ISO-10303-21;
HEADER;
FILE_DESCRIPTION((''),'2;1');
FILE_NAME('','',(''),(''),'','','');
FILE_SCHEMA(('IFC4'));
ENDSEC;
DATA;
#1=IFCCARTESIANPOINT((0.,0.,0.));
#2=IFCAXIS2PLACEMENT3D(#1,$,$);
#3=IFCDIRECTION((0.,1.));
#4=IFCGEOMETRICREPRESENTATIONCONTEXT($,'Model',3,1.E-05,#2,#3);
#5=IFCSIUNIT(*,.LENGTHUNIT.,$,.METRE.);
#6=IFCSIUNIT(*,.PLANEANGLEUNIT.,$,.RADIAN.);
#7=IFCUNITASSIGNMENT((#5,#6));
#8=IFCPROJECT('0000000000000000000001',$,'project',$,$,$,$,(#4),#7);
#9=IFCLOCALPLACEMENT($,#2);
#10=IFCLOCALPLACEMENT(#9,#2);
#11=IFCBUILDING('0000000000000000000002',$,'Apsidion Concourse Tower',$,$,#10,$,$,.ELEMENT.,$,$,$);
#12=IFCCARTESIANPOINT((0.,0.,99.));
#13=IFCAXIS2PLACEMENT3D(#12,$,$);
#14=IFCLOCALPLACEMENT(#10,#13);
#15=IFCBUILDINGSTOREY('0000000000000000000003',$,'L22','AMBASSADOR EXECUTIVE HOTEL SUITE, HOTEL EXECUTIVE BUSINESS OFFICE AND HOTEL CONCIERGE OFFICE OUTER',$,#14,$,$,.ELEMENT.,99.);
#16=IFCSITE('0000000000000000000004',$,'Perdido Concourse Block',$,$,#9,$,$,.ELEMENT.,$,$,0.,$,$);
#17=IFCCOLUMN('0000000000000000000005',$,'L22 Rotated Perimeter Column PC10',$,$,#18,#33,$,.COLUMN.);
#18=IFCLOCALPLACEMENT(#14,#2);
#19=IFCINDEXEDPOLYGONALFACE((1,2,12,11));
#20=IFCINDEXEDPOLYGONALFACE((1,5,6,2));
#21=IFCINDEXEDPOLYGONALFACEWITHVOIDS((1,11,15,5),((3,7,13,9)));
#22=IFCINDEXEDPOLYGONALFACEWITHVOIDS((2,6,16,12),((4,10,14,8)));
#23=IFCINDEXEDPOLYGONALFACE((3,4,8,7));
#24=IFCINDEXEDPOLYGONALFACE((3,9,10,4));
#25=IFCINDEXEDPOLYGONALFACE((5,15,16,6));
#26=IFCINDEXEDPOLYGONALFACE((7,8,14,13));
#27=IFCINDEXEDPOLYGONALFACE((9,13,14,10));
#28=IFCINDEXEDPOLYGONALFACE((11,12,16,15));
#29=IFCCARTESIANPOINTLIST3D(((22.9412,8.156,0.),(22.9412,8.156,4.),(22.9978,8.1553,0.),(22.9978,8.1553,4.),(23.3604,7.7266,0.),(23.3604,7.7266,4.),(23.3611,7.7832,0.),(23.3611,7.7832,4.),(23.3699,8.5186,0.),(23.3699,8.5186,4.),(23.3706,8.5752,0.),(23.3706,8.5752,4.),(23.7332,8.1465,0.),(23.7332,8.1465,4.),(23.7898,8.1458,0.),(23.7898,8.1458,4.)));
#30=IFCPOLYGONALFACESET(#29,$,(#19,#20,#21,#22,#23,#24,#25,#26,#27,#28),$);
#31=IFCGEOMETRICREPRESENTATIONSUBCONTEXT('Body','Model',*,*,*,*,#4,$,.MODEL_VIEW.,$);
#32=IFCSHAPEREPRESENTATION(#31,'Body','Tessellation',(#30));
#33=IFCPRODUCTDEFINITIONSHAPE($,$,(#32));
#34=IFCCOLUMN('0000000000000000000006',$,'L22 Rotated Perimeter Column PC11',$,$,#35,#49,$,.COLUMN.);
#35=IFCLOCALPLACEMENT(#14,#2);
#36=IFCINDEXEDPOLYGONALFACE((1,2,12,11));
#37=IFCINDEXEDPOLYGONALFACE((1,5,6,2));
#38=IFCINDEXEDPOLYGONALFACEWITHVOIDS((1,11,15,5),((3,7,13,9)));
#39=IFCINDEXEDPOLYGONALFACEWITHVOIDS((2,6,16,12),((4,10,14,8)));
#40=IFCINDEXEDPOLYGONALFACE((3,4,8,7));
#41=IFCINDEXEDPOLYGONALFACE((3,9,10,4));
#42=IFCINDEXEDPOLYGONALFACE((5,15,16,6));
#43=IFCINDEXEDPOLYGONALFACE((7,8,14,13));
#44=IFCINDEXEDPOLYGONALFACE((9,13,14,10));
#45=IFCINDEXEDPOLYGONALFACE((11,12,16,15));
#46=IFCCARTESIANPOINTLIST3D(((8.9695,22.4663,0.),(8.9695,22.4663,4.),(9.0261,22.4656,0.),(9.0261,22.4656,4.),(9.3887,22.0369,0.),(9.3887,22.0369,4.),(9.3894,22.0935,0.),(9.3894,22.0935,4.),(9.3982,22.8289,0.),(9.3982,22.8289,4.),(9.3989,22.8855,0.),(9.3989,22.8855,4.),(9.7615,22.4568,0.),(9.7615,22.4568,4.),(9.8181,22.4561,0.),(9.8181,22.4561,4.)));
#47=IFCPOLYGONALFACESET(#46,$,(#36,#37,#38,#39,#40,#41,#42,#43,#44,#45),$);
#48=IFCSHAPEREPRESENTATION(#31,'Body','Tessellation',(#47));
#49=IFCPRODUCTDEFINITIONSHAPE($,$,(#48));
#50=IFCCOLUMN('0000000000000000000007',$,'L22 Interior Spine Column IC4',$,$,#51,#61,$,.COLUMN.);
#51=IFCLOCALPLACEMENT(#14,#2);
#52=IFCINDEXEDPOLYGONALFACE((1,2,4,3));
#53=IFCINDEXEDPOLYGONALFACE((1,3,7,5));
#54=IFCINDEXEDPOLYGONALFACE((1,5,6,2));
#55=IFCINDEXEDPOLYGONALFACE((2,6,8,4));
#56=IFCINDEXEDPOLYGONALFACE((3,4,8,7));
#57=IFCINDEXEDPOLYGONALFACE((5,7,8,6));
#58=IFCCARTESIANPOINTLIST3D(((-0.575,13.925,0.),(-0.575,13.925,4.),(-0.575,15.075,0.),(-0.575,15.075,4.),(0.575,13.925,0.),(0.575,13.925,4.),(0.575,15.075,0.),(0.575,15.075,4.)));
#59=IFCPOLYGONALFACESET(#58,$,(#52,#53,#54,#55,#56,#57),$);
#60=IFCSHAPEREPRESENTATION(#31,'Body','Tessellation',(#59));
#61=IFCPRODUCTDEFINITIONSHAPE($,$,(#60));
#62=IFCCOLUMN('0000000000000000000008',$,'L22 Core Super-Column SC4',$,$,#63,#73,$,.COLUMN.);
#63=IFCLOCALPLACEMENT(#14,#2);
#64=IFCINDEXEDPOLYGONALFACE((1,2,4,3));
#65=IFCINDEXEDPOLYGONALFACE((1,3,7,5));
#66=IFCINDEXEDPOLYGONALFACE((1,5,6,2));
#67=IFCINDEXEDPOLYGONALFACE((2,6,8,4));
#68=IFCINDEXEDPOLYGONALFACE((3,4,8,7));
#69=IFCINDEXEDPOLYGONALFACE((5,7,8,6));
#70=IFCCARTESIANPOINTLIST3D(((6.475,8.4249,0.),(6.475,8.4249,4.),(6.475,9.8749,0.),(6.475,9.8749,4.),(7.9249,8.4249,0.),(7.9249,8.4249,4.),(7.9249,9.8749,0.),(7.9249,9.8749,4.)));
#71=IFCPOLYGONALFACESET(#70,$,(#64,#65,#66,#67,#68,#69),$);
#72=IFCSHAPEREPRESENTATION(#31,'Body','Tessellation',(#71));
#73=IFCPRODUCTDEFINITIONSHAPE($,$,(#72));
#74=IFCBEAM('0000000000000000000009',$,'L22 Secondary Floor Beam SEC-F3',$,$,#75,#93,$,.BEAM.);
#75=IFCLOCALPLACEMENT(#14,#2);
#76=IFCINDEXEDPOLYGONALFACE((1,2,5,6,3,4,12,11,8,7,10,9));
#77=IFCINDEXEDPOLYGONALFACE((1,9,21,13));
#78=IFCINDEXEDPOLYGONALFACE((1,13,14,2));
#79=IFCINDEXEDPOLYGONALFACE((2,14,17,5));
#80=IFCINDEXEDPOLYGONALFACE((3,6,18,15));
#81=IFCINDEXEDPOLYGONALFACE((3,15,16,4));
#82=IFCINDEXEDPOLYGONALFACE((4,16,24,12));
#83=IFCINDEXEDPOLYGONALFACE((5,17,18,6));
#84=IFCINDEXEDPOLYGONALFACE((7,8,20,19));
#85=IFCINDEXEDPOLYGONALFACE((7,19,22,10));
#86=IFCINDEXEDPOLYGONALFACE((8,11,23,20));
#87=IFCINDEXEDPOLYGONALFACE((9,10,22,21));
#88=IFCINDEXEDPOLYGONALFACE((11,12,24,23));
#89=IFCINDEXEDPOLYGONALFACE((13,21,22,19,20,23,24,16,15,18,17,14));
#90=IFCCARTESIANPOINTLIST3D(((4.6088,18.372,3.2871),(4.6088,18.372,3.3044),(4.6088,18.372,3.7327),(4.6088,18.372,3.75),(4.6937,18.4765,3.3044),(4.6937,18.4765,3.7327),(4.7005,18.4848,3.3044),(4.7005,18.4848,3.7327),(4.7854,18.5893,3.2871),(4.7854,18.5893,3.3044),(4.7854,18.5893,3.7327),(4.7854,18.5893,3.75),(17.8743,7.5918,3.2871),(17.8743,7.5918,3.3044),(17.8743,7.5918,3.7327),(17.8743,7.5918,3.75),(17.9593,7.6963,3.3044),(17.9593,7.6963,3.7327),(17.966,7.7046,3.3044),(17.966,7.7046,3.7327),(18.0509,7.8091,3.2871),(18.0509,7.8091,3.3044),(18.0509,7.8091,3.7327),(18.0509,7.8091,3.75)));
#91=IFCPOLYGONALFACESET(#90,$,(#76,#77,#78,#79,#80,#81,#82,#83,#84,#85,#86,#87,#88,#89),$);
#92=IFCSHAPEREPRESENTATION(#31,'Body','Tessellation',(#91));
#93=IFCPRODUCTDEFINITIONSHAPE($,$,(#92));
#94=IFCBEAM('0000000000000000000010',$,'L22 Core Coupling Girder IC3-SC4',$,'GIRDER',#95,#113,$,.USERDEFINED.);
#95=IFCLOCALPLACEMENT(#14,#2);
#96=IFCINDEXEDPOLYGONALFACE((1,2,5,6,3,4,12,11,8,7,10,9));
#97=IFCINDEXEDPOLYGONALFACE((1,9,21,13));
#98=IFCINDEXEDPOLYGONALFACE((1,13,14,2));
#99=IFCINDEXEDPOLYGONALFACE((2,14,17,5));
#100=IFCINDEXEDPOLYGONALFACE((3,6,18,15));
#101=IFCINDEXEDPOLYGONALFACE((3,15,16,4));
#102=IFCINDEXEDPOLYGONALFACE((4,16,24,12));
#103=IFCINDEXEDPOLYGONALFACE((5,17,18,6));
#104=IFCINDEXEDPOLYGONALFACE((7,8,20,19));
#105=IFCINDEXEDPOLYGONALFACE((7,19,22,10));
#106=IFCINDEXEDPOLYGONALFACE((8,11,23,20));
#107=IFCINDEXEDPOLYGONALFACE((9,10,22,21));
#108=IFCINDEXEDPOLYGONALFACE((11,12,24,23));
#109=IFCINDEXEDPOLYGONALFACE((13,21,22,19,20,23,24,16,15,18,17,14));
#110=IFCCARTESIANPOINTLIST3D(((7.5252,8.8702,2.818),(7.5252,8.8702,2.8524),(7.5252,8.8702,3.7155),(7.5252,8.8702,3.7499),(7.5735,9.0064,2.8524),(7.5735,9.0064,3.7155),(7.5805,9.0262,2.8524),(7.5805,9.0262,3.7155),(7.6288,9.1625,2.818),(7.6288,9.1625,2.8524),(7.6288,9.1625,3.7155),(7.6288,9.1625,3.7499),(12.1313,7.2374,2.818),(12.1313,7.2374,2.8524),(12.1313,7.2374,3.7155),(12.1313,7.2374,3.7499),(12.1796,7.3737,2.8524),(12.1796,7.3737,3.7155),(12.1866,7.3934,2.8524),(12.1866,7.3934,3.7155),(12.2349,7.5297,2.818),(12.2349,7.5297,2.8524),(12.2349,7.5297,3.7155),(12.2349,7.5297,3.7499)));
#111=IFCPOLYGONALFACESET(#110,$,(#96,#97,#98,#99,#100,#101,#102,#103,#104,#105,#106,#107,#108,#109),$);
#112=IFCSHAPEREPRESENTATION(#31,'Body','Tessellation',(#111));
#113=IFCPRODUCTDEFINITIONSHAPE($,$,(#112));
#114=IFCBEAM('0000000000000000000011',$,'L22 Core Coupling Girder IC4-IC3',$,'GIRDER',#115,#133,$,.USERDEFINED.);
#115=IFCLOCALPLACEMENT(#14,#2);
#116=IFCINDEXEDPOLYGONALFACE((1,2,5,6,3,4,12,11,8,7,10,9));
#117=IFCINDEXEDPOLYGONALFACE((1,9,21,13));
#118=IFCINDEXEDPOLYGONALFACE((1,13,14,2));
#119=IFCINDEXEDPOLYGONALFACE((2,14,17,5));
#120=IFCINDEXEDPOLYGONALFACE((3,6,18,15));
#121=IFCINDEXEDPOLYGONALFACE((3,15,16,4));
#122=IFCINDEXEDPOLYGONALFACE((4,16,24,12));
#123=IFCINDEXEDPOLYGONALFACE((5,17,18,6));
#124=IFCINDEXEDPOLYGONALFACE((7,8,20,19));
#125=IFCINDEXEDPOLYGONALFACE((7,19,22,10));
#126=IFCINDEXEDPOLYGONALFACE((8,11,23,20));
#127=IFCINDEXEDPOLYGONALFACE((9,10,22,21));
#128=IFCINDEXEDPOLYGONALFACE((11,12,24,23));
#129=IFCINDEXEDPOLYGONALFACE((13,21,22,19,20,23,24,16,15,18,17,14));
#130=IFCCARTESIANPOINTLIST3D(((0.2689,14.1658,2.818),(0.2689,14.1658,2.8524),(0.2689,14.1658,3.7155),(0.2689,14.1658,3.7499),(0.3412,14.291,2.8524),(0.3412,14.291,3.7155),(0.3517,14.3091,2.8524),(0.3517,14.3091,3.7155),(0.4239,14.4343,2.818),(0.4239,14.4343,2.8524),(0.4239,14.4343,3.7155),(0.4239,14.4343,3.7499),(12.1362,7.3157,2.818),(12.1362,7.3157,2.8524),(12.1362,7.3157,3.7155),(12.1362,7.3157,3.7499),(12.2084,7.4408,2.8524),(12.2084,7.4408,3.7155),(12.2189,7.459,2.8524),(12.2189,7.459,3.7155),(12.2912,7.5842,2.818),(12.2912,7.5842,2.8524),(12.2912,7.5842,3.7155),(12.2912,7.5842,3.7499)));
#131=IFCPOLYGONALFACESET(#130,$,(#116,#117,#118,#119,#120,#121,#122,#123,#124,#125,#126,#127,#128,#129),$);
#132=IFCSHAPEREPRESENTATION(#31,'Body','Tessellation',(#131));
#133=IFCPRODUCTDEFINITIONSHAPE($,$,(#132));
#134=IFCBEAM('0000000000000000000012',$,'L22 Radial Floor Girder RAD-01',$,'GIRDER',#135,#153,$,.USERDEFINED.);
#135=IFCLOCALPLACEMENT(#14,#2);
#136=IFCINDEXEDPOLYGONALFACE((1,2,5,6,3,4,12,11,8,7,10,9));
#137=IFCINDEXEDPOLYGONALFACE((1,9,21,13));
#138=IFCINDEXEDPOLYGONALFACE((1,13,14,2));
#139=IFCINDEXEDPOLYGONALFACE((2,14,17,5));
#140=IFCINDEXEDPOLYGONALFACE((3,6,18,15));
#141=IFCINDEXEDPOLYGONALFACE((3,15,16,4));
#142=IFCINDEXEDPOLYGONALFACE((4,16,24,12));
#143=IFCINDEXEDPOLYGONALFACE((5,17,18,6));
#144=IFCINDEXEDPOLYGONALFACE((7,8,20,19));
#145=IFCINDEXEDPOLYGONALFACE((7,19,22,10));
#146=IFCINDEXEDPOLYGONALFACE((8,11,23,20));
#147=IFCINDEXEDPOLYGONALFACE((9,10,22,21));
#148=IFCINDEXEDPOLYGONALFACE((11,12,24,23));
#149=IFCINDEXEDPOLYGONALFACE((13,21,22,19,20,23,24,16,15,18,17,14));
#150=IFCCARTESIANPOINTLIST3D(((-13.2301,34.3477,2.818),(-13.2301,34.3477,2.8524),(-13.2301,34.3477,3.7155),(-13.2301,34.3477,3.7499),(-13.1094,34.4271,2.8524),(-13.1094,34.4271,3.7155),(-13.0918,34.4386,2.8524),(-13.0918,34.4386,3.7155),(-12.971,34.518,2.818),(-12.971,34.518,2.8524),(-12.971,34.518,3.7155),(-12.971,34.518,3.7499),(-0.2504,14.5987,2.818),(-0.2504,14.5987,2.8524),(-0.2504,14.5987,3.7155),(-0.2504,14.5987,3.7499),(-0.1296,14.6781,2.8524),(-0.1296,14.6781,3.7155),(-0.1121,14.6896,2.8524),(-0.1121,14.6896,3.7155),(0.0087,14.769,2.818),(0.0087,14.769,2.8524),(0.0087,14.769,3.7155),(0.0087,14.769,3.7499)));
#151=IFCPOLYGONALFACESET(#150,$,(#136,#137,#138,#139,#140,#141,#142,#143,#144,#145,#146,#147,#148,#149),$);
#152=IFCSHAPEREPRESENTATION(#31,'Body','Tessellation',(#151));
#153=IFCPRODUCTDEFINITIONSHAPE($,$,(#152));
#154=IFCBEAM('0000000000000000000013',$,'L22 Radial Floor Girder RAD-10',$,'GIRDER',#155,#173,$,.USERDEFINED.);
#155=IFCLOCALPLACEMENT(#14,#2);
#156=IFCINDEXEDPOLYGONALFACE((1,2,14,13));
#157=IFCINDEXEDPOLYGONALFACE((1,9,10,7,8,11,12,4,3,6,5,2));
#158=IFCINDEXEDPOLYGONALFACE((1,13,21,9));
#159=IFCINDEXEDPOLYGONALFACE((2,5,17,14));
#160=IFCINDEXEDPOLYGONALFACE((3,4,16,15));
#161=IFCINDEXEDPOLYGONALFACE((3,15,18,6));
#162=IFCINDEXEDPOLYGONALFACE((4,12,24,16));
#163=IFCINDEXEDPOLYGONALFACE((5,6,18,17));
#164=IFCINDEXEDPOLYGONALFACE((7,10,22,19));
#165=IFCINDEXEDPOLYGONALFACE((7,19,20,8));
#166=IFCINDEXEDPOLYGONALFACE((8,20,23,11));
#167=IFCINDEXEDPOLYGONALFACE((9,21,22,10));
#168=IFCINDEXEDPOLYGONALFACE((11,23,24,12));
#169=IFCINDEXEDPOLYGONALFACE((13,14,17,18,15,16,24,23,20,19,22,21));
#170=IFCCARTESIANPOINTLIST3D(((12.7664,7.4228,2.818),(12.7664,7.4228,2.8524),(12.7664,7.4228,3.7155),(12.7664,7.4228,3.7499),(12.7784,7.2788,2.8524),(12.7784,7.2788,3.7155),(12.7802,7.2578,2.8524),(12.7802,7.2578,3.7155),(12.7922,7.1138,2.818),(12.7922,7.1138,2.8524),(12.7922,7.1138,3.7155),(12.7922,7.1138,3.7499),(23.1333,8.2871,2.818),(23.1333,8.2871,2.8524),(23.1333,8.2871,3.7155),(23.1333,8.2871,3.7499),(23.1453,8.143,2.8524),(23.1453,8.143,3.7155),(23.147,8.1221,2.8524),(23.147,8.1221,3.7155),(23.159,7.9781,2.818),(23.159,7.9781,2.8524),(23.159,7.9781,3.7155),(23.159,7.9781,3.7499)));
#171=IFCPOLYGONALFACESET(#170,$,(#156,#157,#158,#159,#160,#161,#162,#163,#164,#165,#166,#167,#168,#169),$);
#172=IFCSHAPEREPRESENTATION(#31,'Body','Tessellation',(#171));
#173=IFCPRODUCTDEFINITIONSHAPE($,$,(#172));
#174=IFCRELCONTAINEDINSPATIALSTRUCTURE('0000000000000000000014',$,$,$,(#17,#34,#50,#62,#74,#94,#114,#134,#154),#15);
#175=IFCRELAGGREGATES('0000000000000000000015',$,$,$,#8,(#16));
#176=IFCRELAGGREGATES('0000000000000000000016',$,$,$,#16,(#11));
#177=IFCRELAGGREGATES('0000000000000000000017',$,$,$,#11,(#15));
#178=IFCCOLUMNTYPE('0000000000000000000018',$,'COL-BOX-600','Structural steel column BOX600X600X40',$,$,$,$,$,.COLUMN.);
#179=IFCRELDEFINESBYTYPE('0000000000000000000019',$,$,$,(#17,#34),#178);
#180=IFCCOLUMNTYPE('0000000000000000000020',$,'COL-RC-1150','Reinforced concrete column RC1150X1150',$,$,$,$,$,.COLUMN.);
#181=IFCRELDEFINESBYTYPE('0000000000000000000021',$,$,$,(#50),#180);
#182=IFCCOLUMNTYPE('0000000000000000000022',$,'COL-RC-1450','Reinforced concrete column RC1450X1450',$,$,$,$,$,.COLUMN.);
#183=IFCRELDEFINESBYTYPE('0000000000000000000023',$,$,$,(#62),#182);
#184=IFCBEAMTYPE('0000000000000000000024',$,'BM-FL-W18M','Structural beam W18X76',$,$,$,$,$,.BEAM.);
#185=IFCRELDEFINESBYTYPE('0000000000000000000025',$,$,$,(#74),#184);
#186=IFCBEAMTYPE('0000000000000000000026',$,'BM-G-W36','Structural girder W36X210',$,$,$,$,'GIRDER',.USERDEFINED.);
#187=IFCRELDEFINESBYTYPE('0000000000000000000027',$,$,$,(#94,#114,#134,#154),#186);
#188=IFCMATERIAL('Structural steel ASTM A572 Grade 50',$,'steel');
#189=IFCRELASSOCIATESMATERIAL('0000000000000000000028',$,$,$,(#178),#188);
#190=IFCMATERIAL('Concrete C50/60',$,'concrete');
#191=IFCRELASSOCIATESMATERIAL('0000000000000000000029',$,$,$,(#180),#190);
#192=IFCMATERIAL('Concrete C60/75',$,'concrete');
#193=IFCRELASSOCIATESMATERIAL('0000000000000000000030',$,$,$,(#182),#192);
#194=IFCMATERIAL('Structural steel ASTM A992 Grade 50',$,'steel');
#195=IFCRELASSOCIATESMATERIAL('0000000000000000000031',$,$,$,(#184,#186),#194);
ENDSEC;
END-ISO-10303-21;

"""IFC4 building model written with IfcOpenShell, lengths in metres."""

from ifc_helpers import new_model, si_unit, direction, frame, origin, origin_2d, place, context, subcontext, project, spatial, rectangle, hollow_rectangle, i_section, extrude, material, material_profile, profile_set, type_object, element, save


model = new_model("IFC4")

# Units and contexts
model_context = context("Model", 3, precision=1e-05, world=origin(), true_north=direction((0.0, 1.0)))
body_context = subcontext(model_context, "Body", "Model", "MODEL_VIEW")
ifc_project = project(units=[si_unit("LENGTHUNIT", "METRE"), si_unit("PLANEANGLEUNIT", "RADIAN")], contexts=[model_context])

# Site, building, storey
site_placement = place(None, origin())
site = spatial("IfcSite", under=ifc_project, at=site_placement, Name="Perdido Concourse Block", CompositionType="ELEMENT", RefElevation=0.0)
building_placement = place(site_placement, origin())
building = spatial("IfcBuilding", under=site, at=building_placement, Name="Apsidion Concourse Tower", CompositionType="ELEMENT")
storey_placement = place(building_placement, frame((0.0, 0.0, 99.0)))
storey = spatial("IfcBuildingStorey", under=building, at=storey_placement, Name="L22", Description="AMBASSADOR EXECUTIVE HOTEL SUITE, HOTEL EXECUTIVE BUSINESS OFFICE AND HOTEL CONCIERGE OFFICE OUTER", CompositionType="ELEMENT", Elevation=99.0)

# Columns
ifc_material_1 = material(Name="Structural steel ASTM A572 Grade 50", Category="steel")
ifc_material_profile_1 = material_profile(ifc_material_1, hollow_rectangle(XDim=0.6001, YDim=0.6001, WallThickness=0.04, at=origin_2d()), Name="BOX600X600X40")
ifc_profile_set_1 = profile_set([ifc_material_profile_1], Name="Structural steel ASTM A572 Grade 50")
column_type_1 = type_object("IfcColumnType", Name="COL-BOX-600", Description="Structural steel column BOX600X600X40", PredefinedType="COLUMN", material=ifc_profile_set_1)
for number, where, z_axis, x_axis, name in (
    (1, (23.3655, 8.1509, 0.0), (0.0, 0.0, 1.0), (-0.69854, 0.715571, 0.0), "L22 Rotated Perimeter Column PC10"),
    (2, (9.3938, 22.4612, 0.0), (0.0, 0.0, 1.0), (-0.69854, 0.715571, 0.0), "L22 Rotated Perimeter Column PC11"),
):
    element("IfcColumn", number, at=place(storey_placement, frame(where, z_axis=z_axis, x_axis=x_axis)), inside=storey, type_object=column_type_1, Name=name, PredefinedType="COLUMN", context=body_context, shape_type="SweptSolid", body=[
        extrude(hollow_rectangle(XDim=0.6001, YDim=0.6001, WallThickness=0.04, at=origin_2d()), origin(), (0.0, 0.0, 1.0), 4.0),
    ])
ifc_material_2 = material(Name="Concrete C50/60", Category="concrete")
ifc_material_profile_2 = material_profile(ifc_material_2, rectangle(XDim=1.1499, YDim=1.1499, at=origin_2d()), Name="RC 1150x1150")
ifc_profile_set_2 = profile_set([ifc_material_profile_2], Name="Concrete C50/60")
column_type_2 = type_object("IfcColumnType", Name="COL-RC-1150", Description="Reinforced concrete column RC1150X1150", PredefinedType="COLUMN", material=ifc_profile_set_2)
column_1_placement = place(storey_placement, frame((0.0, 14.5, 0.0), z_axis=(0.0, 0.0, 1.0), x_axis=(1.0, 0.0, 0.0)))
element("IfcColumn", 3, at=column_1_placement, inside=storey, type_object=column_type_2, Name="L22 Interior Spine Column IC4", PredefinedType="COLUMN", context=body_context, shape_type="SweptSolid", body=[
    extrude(rectangle(XDim=1.1499, YDim=1.1499, at=origin_2d()), origin(), (0.0, 0.0, 1.0), 4.0),
])
ifc_material_3 = material(Name="Concrete C60/75", Category="concrete")
ifc_material_profile_3 = material_profile(ifc_material_3, rectangle(XDim=1.45, YDim=1.45, at=origin_2d()), Name="RC 1450x1450")
ifc_profile_set_3 = profile_set([ifc_material_profile_3], Name="Concrete C60/75")
column_type_3 = type_object("IfcColumnType", Name="COL-RC-1450", Description="Reinforced concrete column RC1450X1450", PredefinedType="COLUMN", material=ifc_profile_set_3)
column_2_placement = place(storey_placement, frame((7.2, 9.1499, 0.0), z_axis=(0.0, 0.0, 1.0), x_axis=(1.0, 0.0, 0.0)))
element("IfcColumn", 4, at=column_2_placement, inside=storey, type_object=column_type_3, Name="L22 Core Super-Column SC4", PredefinedType="COLUMN", context=body_context, shape_type="SweptSolid", body=[
    extrude(rectangle(XDim=1.45, YDim=1.45, at=origin_2d()), origin(), (0.0, 0.0, 1.0), 4.0),
])

# Beams
ifc_material_4 = material(Name="Structural steel ASTM A992 Grade 50", Category="steel")
ifc_material_profile_4 = material_profile(ifc_material_4, i_section(OverallWidth=0.28, OverallDepth=0.4629, WebThickness=0.0107, FlangeThickness=0.0173, at=origin_2d()), Name="W18X76")
ifc_profile_set_4 = profile_set([ifc_material_profile_4], Name="Structural steel ASTM A992 Grade 50")
beam_type_1 = type_object("IfcBeamType", Name="BM-FL-W18M", Description="Structural beam W18X76", PredefinedType="BEAM", material=ifc_profile_set_4)
beam_1_placement = place(storey_placement, frame((17.9626, 7.7004, 3.5186), z_axis=(-0.776058, 0.630661, 0.0), x_axis=(-0.630661, -0.776058, 0.0)))
element("IfcBeam", 5, at=beam_1_placement, inside=storey, type_object=beam_type_1, Name="L22 Secondary Floor Beam SEC-F3", PredefinedType="BEAM", context=body_context, shape_type="SweptSolid", body=[
    extrude(i_section(OverallWidth=0.28, OverallDepth=0.4629, WebThickness=0.0107, FlangeThickness=0.0173, at=origin_2d()), origin(), (0.0, 0.0, 1.0), 17.0935),
])
ifc_material_profile_5 = material_profile(ifc_material_4, i_section(OverallWidth=0.3101, OverallDepth=0.9319, WebThickness=0.021, FlangeThickness=0.0344, at=origin_2d()), Name="W36X210")
ifc_profile_set_5 = profile_set([ifc_material_profile_5], Name="Structural steel ASTM A992 Grade 50")
beam_type_2 = type_object("IfcBeamType", Name="BM-G-W36", Description="Structural girder W36X210", ElementType="GIRDER", PredefinedType="USERDEFINED", material=ifc_profile_set_5)
beam_2_placement = place(storey_placement, frame((12.1831, 7.3835, 3.2839), z_axis=(-0.942534, 0.334111, 0.0), x_axis=(-0.334111, -0.942534, 0.0)))
element("IfcBeam", 6, at=beam_2_placement, inside=storey, type_object=beam_type_2, Name="L22 Core Coupling Girder IC3-SC4", ObjectType="GIRDER", PredefinedType="USERDEFINED", context=body_context, shape_type="SweptSolid", body=[
    extrude(i_section(OverallWidth=0.3101, OverallDepth=0.9319, WebThickness=0.021, FlangeThickness=0.0344, at=origin_2d()), origin(), (0.0, 0.0, 1.0), 4.887),
])
beam_3_placement = place(storey_placement, frame((0.3464, 14.3, 3.2839), z_axis=(0.86607, -0.499922, 0.0), x_axis=(0.499922, 0.86607, 0.0)))
element("IfcBeam", 7, at=beam_3_placement, inside=storey, type_object=beam_type_2, Name="L22 Core Coupling Girder IC4-IC3", ObjectType="GIRDER", PredefinedType="USERDEFINED", context=body_context, shape_type="SweptSolid", body=[
    extrude(i_section(OverallWidth=0.3101, OverallDepth=0.9319, WebThickness=0.021, FlangeThickness=0.0344, at=origin_2d()), origin(), (0.0, 0.0, 1.0), 13.7024),
])
beam_4_placement = place(storey_placement, frame((-0.1208, 14.6838, 3.2839), z_axis=(-0.549231, 0.83567, 0.0), x_axis=(-0.83567, -0.549231, 0.0)))
element("IfcBeam", 8, at=beam_4_placement, inside=storey, type_object=beam_type_2, Name="L22 Radial Floor Girder RAD-01", ObjectType="GIRDER", PredefinedType="USERDEFINED", context=body_context, shape_type="SweptSolid", body=[
    extrude(i_section(OverallWidth=0.3101, OverallDepth=0.9319, WebThickness=0.021, FlangeThickness=0.0344, at=origin_2d()), origin(), (0.0, 0.0, 1.0), 23.6326),
])
beam_5_placement = place(storey_placement, frame((12.7793, 7.2683, 3.2839), z_axis=(0.996543, 0.083078, 0.0), x_axis=(-0.083078, 0.996543, 0.0)))
element("IfcBeam", 9, at=beam_5_placement, inside=storey, type_object=beam_type_2, Name="L22 Radial Floor Girder RAD-10", ObjectType="GIRDER", PredefinedType="USERDEFINED", context=body_context, shape_type="SweptSolid", body=[
    extrude(i_section(OverallWidth=0.3101, OverallDepth=0.9319, WebThickness=0.021, FlangeThickness=0.0344, at=origin_2d()), origin(), (0.0, 0.0, 1.0), 10.4028),
])

save(model, "model.ifc")
